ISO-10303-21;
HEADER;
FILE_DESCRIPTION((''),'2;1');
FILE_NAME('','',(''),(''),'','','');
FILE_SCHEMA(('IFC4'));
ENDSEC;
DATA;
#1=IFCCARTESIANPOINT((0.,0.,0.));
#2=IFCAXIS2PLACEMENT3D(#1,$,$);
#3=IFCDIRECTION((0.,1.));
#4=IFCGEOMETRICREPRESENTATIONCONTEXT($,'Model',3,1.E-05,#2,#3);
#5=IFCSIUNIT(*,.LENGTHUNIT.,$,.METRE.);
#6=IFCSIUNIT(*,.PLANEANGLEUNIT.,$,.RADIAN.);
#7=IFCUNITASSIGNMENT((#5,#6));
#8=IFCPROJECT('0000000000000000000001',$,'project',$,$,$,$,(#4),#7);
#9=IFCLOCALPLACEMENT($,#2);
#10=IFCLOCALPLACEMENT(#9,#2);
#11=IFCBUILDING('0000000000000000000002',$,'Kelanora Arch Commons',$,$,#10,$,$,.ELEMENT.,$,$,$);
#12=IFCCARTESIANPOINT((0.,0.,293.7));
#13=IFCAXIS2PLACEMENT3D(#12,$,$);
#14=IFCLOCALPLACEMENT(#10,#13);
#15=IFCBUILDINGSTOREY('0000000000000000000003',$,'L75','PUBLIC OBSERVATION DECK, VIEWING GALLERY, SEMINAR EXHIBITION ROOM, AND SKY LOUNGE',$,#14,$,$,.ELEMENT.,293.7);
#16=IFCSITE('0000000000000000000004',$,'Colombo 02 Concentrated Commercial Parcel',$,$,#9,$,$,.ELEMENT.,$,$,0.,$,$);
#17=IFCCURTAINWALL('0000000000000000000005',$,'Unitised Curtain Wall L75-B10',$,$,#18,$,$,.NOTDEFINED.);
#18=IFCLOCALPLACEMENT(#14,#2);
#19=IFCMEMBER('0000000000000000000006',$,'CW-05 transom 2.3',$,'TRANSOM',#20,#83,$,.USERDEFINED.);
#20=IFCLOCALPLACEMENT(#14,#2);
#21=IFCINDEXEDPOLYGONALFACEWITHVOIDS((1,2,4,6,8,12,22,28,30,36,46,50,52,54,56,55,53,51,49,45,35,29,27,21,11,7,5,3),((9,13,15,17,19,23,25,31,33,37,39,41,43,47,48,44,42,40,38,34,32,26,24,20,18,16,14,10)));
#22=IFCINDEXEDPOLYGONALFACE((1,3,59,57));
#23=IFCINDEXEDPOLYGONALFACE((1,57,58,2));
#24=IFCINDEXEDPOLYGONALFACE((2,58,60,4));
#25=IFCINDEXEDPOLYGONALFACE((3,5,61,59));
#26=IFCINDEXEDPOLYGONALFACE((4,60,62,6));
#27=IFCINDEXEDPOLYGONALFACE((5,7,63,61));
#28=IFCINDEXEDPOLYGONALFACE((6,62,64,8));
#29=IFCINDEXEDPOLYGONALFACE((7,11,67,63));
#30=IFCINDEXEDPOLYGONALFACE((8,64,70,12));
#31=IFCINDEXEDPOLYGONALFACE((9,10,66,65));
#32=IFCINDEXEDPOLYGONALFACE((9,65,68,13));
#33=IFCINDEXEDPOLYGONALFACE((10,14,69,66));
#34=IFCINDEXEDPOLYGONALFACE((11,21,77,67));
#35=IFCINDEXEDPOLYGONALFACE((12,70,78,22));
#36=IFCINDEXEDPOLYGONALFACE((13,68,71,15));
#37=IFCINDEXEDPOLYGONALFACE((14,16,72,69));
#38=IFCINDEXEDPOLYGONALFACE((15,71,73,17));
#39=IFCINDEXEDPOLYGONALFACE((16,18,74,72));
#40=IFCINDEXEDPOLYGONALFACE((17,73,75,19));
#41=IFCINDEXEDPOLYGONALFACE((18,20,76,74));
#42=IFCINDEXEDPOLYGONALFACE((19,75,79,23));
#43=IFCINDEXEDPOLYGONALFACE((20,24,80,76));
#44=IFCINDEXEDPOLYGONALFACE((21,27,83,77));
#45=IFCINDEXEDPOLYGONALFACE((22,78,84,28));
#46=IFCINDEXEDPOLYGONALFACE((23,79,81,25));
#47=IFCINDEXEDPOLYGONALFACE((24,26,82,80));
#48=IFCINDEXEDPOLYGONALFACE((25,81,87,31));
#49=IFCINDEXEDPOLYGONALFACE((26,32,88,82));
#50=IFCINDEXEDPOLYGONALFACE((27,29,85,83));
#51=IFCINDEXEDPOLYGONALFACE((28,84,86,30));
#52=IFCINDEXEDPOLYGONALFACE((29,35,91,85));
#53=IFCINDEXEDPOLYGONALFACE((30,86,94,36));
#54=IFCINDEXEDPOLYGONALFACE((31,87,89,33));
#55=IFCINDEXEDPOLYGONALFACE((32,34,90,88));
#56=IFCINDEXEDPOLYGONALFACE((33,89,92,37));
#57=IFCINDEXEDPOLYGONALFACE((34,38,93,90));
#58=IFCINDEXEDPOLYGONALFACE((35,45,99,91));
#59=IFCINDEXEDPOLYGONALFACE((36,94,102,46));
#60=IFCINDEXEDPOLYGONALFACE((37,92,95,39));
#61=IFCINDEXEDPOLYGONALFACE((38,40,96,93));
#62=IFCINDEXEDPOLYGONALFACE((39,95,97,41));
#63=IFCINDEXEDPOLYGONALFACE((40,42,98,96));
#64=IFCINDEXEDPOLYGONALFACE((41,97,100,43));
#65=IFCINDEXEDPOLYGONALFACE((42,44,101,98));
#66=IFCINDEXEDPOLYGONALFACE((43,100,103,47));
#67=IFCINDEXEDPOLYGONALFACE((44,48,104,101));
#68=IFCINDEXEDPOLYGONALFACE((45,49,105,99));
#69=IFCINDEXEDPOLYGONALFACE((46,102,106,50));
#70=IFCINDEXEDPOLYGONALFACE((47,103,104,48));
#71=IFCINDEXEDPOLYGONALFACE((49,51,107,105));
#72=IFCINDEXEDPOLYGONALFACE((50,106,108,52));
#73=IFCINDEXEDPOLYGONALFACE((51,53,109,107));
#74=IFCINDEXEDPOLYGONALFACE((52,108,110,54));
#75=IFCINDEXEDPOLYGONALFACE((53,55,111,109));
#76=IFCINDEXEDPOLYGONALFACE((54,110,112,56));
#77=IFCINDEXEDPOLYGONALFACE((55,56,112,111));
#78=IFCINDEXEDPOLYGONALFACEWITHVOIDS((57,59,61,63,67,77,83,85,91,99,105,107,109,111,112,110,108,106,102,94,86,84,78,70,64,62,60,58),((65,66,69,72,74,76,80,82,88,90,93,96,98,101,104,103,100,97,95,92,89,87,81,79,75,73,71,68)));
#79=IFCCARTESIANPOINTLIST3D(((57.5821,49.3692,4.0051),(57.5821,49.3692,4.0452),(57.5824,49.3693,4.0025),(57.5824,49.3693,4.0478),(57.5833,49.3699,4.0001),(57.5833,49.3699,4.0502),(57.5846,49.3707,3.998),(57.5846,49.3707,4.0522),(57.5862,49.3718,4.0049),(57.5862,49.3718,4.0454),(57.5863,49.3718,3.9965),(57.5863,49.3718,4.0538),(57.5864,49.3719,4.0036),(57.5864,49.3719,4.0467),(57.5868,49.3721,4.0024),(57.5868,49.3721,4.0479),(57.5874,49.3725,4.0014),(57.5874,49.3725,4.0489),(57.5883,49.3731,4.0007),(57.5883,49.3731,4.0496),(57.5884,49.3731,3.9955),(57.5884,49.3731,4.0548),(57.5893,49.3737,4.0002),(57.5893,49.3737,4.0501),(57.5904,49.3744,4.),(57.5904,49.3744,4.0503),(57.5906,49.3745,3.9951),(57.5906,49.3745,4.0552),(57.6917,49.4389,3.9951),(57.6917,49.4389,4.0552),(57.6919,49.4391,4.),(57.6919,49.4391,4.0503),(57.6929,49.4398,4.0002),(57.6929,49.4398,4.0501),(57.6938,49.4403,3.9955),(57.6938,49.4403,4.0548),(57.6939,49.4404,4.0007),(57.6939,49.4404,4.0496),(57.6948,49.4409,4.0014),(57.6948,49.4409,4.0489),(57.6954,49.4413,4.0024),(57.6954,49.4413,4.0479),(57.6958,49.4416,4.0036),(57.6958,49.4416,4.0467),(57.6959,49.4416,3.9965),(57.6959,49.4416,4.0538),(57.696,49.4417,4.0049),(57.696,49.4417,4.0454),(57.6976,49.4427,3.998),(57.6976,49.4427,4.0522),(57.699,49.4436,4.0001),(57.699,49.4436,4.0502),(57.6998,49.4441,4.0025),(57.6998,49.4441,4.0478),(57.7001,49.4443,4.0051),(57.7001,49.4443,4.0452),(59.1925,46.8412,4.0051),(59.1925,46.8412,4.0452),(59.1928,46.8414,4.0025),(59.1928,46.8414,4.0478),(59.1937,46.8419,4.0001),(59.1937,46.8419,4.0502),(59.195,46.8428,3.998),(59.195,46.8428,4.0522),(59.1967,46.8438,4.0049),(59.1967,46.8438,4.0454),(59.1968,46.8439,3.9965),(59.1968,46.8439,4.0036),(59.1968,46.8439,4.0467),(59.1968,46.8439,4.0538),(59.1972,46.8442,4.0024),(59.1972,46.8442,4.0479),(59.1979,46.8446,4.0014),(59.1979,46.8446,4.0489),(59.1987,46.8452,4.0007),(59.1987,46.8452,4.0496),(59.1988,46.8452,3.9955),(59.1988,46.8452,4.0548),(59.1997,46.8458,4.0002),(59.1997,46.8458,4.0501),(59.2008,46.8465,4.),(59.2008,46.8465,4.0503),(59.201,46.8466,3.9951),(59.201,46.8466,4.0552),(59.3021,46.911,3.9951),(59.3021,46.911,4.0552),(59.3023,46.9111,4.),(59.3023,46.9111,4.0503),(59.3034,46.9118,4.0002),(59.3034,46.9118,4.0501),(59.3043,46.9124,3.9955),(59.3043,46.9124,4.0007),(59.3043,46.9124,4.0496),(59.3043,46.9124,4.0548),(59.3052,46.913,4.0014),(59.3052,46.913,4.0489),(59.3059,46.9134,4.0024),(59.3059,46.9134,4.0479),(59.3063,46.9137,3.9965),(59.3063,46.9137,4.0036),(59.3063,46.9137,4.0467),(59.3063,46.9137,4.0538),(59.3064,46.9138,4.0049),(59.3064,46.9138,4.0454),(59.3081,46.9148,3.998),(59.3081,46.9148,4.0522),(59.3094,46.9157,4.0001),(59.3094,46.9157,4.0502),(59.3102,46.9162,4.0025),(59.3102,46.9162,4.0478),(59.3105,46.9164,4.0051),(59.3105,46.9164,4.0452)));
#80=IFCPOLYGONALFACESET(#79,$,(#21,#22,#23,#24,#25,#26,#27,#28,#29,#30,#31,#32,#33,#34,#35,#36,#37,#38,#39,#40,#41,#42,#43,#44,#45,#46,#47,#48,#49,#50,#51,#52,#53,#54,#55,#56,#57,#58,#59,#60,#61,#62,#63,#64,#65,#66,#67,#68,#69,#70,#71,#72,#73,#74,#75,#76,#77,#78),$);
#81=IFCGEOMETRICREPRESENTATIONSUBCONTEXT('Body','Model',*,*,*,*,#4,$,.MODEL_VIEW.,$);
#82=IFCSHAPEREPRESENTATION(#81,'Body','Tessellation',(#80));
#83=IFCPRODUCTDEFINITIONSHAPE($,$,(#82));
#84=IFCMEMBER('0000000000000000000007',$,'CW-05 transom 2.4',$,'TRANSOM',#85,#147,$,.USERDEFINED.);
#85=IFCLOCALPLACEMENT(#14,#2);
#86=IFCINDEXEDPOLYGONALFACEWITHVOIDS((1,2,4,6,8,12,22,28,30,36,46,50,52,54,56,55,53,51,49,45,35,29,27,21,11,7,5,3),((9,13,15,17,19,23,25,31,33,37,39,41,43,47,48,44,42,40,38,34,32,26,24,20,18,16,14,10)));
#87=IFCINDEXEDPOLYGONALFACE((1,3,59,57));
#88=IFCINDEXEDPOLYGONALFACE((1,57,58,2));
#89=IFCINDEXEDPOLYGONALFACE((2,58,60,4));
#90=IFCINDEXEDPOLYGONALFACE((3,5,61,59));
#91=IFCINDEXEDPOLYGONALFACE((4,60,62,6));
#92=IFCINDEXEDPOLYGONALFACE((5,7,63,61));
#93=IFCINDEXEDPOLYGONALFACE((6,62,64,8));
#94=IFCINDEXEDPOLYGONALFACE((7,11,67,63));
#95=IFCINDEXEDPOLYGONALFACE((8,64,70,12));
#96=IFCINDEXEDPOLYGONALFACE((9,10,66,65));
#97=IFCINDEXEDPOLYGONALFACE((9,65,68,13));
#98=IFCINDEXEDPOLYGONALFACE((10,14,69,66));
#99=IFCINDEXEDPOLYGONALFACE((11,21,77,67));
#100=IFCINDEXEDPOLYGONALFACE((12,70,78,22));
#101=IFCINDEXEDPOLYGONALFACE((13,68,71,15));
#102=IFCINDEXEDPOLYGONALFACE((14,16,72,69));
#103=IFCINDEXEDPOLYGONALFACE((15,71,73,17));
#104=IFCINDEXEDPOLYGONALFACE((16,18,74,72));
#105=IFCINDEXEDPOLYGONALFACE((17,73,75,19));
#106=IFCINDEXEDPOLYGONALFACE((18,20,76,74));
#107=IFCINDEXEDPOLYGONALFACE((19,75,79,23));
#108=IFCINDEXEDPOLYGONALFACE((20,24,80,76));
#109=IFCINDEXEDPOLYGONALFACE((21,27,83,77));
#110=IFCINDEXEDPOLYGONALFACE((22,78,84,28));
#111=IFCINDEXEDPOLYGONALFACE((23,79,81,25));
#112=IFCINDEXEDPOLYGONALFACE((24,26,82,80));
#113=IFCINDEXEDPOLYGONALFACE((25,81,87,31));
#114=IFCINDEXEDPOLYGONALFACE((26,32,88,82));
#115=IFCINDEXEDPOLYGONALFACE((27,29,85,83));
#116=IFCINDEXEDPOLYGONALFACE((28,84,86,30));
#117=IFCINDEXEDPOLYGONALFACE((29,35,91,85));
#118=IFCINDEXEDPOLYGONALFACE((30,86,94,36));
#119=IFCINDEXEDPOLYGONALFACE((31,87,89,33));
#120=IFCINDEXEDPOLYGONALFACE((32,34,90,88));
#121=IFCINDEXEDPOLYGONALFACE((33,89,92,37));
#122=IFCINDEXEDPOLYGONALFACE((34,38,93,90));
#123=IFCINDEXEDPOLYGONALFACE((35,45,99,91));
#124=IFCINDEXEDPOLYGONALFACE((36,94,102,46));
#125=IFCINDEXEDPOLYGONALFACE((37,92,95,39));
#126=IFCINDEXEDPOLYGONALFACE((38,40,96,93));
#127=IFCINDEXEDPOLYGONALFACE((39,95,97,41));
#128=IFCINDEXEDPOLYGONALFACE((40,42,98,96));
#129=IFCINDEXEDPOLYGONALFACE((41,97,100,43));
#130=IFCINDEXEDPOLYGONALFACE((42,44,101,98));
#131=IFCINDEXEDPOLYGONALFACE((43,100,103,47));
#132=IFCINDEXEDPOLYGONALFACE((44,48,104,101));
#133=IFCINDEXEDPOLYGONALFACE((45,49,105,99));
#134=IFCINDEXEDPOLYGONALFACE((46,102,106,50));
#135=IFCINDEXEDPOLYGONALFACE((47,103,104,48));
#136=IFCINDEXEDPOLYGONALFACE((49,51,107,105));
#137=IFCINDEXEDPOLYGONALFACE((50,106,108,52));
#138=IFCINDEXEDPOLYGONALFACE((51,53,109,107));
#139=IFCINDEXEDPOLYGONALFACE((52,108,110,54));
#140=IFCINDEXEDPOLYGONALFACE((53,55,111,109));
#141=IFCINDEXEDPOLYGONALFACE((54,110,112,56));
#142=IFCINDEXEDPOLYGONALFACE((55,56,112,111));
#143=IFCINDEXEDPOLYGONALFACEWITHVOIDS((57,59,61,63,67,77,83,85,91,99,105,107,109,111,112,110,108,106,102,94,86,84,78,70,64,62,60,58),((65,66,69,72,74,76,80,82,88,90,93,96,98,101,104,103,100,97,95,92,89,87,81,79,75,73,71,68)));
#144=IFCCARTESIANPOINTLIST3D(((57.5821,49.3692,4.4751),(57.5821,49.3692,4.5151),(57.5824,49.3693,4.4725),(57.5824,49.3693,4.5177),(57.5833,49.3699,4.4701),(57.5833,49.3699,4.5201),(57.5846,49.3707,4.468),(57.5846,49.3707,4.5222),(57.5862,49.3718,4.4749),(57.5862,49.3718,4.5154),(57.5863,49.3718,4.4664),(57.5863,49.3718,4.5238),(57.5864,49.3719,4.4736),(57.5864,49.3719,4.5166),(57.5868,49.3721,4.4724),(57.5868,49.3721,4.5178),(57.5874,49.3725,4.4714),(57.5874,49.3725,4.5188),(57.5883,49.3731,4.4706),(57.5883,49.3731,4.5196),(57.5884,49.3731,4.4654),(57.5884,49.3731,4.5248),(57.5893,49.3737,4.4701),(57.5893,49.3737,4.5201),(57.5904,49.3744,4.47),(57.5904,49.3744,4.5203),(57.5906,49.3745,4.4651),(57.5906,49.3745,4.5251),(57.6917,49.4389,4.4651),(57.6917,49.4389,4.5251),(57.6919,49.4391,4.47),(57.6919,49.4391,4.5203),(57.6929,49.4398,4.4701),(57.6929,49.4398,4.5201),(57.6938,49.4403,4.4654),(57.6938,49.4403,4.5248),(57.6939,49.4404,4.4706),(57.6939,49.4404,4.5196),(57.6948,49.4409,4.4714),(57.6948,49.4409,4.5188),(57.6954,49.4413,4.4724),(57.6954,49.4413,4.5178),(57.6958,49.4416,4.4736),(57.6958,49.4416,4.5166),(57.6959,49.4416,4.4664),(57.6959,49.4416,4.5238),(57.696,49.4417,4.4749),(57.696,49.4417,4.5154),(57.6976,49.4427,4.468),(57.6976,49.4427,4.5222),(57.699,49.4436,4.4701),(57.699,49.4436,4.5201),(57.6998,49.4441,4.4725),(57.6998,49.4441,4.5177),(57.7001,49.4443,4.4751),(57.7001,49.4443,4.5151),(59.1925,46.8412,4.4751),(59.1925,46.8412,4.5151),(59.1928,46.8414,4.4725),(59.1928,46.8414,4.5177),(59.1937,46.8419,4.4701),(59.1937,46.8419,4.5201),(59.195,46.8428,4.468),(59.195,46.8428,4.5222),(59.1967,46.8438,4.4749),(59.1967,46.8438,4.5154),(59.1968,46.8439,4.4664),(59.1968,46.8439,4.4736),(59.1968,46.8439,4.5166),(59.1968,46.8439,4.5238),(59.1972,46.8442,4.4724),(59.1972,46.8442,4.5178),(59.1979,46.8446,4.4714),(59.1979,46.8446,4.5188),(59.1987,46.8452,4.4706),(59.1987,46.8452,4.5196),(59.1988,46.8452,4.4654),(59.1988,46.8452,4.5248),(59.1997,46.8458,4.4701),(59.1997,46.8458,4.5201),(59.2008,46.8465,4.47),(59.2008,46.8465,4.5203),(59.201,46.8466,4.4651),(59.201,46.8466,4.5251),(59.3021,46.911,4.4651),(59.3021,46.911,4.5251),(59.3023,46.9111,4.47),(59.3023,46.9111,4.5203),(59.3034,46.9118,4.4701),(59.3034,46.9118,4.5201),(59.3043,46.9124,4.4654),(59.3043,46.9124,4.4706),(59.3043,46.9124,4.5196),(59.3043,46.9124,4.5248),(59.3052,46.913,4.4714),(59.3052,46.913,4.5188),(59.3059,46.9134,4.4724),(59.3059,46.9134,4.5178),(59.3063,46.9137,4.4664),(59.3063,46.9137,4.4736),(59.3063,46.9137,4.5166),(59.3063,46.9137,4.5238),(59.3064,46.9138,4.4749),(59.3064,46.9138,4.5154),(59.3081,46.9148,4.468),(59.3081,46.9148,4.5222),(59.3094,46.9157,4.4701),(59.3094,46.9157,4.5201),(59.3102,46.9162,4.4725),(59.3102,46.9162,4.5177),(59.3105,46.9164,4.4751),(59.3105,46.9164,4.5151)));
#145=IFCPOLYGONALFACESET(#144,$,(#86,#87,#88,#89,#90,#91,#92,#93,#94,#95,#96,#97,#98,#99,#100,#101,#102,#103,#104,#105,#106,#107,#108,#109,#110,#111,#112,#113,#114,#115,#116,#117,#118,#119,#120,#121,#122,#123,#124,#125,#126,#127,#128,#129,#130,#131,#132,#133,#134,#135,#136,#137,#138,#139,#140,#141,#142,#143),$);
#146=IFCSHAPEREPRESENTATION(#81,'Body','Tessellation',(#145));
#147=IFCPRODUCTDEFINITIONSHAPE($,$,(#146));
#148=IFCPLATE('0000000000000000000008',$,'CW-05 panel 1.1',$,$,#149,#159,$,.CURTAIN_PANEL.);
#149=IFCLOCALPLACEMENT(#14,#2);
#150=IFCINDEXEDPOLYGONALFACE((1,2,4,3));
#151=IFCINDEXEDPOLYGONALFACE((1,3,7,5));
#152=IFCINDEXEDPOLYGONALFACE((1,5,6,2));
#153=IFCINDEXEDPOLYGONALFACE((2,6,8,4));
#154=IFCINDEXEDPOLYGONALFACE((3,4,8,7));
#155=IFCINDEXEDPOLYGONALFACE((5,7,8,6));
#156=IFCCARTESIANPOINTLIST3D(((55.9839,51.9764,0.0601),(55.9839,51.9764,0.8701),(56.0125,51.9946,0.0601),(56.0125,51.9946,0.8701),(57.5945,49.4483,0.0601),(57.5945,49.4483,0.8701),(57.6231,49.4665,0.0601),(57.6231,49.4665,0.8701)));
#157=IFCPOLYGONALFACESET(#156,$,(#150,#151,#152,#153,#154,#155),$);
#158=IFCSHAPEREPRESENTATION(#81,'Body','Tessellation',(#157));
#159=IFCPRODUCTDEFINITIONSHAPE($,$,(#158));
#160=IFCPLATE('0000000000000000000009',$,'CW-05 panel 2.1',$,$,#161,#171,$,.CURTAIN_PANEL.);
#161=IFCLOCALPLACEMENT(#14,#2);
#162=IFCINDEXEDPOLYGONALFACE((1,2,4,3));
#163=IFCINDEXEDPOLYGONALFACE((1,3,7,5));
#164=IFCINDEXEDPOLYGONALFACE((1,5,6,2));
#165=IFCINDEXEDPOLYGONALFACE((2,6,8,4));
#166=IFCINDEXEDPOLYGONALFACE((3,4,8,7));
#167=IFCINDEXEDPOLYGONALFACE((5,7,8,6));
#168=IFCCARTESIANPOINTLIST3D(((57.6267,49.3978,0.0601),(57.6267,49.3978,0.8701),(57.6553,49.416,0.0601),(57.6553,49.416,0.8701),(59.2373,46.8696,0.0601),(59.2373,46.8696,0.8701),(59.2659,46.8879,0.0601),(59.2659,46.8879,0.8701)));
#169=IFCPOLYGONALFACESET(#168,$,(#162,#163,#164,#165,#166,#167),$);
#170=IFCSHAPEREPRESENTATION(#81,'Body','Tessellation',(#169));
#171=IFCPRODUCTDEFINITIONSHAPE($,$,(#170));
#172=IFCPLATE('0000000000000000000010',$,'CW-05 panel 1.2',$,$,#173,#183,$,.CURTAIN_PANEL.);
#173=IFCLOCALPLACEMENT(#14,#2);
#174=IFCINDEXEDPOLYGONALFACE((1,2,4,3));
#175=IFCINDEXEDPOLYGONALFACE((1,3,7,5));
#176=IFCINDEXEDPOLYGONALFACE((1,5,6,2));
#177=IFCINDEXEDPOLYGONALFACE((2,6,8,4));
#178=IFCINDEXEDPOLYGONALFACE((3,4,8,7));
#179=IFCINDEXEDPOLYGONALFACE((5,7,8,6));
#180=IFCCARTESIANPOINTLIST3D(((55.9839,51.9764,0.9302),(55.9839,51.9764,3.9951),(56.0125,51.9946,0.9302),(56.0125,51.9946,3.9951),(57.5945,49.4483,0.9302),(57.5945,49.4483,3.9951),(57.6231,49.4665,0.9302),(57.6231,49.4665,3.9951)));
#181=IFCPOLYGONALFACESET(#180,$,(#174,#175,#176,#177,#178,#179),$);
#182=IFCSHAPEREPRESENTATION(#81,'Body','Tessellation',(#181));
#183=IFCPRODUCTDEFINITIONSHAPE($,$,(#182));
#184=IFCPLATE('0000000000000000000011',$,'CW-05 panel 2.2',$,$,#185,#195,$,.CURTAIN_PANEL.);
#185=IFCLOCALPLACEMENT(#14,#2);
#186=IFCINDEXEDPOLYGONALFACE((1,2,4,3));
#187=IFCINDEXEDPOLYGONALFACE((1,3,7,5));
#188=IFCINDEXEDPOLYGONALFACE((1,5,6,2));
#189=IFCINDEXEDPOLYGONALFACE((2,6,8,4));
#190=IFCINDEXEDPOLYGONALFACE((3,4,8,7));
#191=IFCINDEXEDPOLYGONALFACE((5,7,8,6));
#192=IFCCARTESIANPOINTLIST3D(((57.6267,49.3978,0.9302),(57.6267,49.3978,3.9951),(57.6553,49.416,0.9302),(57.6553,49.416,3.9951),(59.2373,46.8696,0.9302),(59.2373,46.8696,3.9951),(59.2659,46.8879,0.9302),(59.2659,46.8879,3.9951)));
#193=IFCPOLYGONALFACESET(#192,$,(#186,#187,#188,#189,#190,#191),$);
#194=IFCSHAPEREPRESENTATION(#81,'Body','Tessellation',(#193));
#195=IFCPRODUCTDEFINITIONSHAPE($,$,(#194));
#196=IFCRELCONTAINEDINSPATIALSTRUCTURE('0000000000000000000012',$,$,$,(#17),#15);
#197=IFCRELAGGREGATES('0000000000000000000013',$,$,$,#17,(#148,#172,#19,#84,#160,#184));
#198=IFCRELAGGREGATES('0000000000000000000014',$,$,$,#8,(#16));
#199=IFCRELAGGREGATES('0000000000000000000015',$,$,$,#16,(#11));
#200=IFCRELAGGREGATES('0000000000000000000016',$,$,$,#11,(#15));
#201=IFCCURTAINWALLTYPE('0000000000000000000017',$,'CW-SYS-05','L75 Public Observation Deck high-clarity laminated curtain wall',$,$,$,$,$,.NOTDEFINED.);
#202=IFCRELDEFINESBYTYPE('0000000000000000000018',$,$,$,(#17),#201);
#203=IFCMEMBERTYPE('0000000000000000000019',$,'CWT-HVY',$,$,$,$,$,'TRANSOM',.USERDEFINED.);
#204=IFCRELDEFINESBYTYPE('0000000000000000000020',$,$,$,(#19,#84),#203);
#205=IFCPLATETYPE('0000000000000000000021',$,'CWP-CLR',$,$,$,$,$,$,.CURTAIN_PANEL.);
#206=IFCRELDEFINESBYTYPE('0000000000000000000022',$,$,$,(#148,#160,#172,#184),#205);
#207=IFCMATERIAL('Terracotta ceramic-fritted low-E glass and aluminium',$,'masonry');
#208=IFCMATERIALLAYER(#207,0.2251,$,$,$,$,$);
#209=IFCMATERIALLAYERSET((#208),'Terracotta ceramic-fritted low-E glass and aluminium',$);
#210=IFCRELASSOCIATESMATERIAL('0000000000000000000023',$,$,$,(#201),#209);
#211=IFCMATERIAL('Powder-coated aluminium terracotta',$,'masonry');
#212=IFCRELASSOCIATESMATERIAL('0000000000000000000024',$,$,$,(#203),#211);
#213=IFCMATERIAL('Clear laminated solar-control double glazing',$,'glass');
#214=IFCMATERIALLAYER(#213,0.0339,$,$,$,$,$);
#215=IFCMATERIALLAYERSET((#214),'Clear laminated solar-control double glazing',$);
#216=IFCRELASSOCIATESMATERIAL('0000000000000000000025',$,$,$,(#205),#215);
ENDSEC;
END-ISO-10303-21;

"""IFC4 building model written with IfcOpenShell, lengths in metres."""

from ifc_helpers import new_model, si_unit, direction, frame, origin, origin_2d, place, context, subcontext, project, spatial, rectangle, hollow_rectangle, extrude, source, transform, mapped, material, layer, layer_set, material_profile, profile_set, type_object, element, aggregate, save


model = new_model("IFC4")

# Units and contexts
model_context = context("Model", 3, precision=1e-05, world=origin(), true_north=direction((0.0, 1.0)))
body_context = subcontext(model_context, "Body", "Model", "MODEL_VIEW")
ifc_project = project(units=[si_unit("LENGTHUNIT", "METRE"), si_unit("PLANEANGLEUNIT", "RADIAN")], contexts=[model_context])

# Site, building, storey
site_placement = place(None, origin())
site = spatial("IfcSite", under=ifc_project, at=site_placement, Name="Colombo 02 Concentrated Commercial Parcel", CompositionType="ELEMENT", RefElevation=0.0)
building_placement = place(site_placement, origin())
building = spatial("IfcBuilding", under=site, at=building_placement, Name="Kelanora Arch Commons", CompositionType="ELEMENT")
storey_placement = place(building_placement, frame((0.0, 0.0, 293.7)))
storey = spatial("IfcBuildingStorey", under=building, at=storey_placement, Name="L75", Description="PUBLIC OBSERVATION DECK, VIEWING GALLERY, SEMINAR EXHIBITION ROOM, AND SKY LOUNGE", CompositionType="ELEMENT", Elevation=293.7)

# Curtain wall, members, plates
ifc_material_1 = material(Name="Terracotta ceramic-fritted low-E glass and aluminium", Category="masonry")
ifc_layer_1 = layer(ifc_material_1, 0.2251)
ifc_layer_set_1 = layer_set([ifc_layer_1], Name="Terracotta ceramic-fritted low-E glass and aluminium")
curtain_wall_type = type_object("IfcCurtainWallType", Name="CW-SYS-05", Description="L75 Public Observation Deck high-clarity laminated curtain wall", PredefinedType="NOTDEFINED", material=ifc_layer_set_1)
curtain_wall_placement = place(storey_placement, origin())
curtain_wall = element("IfcCurtainWall", 1, at=curtain_wall_placement, inside=storey, type_object=curtain_wall_type, Name="Unitised Curtain Wall L75-B10", PredefinedType="NOTDEFINED")
ifc_material_2 = material(Name="Powder-coated aluminium terracotta", Category="masonry")
ifc_material_profile_1 = material_profile(ifc_material_2, hollow_rectangle(XDim=0.1399, YDim=0.0601, WallThickness=0.0049, InnerFilletRadius=0.0049, OuterFilletRadius=0.01, at=origin_2d()), Name="CWT140x60")
ifc_profile_set_1 = profile_set([ifc_material_profile_1], Name="Powder-coated aluminium terracotta")
member_type_1 = type_object("IfcMemberType", Name="CWT-HVY", ElementType="TRANSOM", PredefinedType="USERDEFINED", material=ifc_profile_set_1)
member_1_placement = place(storey_placement, frame((57.6411, 49.4067, 4.0251), z_axis=(0.537287, -0.8434, 0.0), x_axis=(0.8434, 0.537287, 0.0)))
member_1 = element("IfcMember", 2, at=member_1_placement, type_object=member_type_1, Name="CW-05 transom 2.3", ObjectType="TRANSOM", PredefinedType="USERDEFINED", context=body_context, shape_type="SweptSolid", body=[
    extrude(hollow_rectangle(XDim=0.1399, YDim=0.0601, WallThickness=0.0049, InnerFilletRadius=0.0049, OuterFilletRadius=0.01, at=origin_2d()), origin(), (0.0, 0.0, 1.0), 2.9973),
])
member_2_placement = place(storey_placement, frame((57.6411, 49.4067, 4.4951), z_axis=(0.537287, -0.8434, 0.0), x_axis=(0.8434, 0.537287, 0.0)))
member_2 = element("IfcMember", 3, at=member_2_placement, type_object=member_type_1, Name="CW-05 transom 2.4", ObjectType="TRANSOM", PredefinedType="USERDEFINED", context=body_context, shape_type="SweptSolid", body=[
    extrude(hollow_rectangle(XDim=0.1399, YDim=0.0601, WallThickness=0.0049, InnerFilletRadius=0.0049, OuterFilletRadius=0.01, at=origin_2d()), origin(), (0.0, 0.0, 1.0), 2.9973),
])
ifc_material_3 = material(Name="Clear laminated solar-control double glazing", Category="glass")
ifc_layer_2 = layer(ifc_material_3, 0.0339)
ifc_layer_set_2 = layer_set([ifc_layer_2], Name="Clear laminated solar-control double glazing")
plate_type = type_object("IfcPlateType", Name="CWP-CLR", PredefinedType="CURTAIN_PANEL", material=ifc_layer_set_2)
shared_shape_1 = source(origin(), body_context, "Body", "SweptSolid", [
    extrude(rectangle(XDim=2.9976, YDim=0.0339, at=origin_2d()), origin(), (0.0, 0.0, 1.0), 0.8101),
])
plate_1_placement = place(storey_placement, frame((56.8035, 50.7214, 0.0601), z_axis=(0.0, 0.0, 1.0), x_axis=(0.5373, -0.843391, 0.0)))
plate_1 = element("IfcPlate", 4, at=plate_1_placement, type_object=plate_type, Name="CW-05 panel 1.1", PredefinedType="CURTAIN_PANEL", context=body_context, shape_type="MappedRepresentation", body=[
    mapped(shared_shape_1, transform((0.0, 0.0, 0.0), scale=1.0)),
])
plate_2_placement = place(storey_placement, frame((58.4463, 48.1428, 0.0601), z_axis=(0.0, 0.0, 1.0), x_axis=(0.5373, -0.843391, 0.0)))
plate_2 = element("IfcPlate", 5, at=plate_2_placement, type_object=plate_type, Name="CW-05 panel 2.1", PredefinedType="CURTAIN_PANEL", context=body_context, shape_type="MappedRepresentation", body=[
    mapped(shared_shape_1, transform((0.0, 0.0, 0.0), scale=1.0)),
])
shared_shape_2 = source(origin(), body_context, "Body", "SweptSolid", [
    extrude(rectangle(XDim=2.9976, YDim=0.0339, at=origin_2d()), origin(), (0.0, 0.0, 1.0), 3.0649),
])
plate_3_placement = place(storey_placement, frame((56.8035, 50.7214, 0.9302), z_axis=(0.0, 0.0, 1.0), x_axis=(0.5373, -0.843391, 0.0)))
plate_3 = element("IfcPlate", 6, at=plate_3_placement, type_object=plate_type, Name="CW-05 panel 1.2", PredefinedType="CURTAIN_PANEL", context=body_context, shape_type="MappedRepresentation", body=[
    mapped(shared_shape_2, transform((0.0, 0.0, 0.0), scale=1.0)),
])
plate_4_placement = place(storey_placement, frame((58.4463, 48.1428, 0.9302), z_axis=(0.0, 0.0, 1.0), x_axis=(0.5373, -0.843391, 0.0)))
plate_4 = element("IfcPlate", 7, at=plate_4_placement, type_object=plate_type, Name="CW-05 panel 2.2", PredefinedType="CURTAIN_PANEL", context=body_context, shape_type="MappedRepresentation", body=[
    mapped(shared_shape_2, transform((0.0, 0.0, 0.0), scale=1.0)),
])
aggregate(curtain_wall, [plate_1, plate_3, member_1, member_2, plate_2, plate_4])

save(model, "model.ifc")
